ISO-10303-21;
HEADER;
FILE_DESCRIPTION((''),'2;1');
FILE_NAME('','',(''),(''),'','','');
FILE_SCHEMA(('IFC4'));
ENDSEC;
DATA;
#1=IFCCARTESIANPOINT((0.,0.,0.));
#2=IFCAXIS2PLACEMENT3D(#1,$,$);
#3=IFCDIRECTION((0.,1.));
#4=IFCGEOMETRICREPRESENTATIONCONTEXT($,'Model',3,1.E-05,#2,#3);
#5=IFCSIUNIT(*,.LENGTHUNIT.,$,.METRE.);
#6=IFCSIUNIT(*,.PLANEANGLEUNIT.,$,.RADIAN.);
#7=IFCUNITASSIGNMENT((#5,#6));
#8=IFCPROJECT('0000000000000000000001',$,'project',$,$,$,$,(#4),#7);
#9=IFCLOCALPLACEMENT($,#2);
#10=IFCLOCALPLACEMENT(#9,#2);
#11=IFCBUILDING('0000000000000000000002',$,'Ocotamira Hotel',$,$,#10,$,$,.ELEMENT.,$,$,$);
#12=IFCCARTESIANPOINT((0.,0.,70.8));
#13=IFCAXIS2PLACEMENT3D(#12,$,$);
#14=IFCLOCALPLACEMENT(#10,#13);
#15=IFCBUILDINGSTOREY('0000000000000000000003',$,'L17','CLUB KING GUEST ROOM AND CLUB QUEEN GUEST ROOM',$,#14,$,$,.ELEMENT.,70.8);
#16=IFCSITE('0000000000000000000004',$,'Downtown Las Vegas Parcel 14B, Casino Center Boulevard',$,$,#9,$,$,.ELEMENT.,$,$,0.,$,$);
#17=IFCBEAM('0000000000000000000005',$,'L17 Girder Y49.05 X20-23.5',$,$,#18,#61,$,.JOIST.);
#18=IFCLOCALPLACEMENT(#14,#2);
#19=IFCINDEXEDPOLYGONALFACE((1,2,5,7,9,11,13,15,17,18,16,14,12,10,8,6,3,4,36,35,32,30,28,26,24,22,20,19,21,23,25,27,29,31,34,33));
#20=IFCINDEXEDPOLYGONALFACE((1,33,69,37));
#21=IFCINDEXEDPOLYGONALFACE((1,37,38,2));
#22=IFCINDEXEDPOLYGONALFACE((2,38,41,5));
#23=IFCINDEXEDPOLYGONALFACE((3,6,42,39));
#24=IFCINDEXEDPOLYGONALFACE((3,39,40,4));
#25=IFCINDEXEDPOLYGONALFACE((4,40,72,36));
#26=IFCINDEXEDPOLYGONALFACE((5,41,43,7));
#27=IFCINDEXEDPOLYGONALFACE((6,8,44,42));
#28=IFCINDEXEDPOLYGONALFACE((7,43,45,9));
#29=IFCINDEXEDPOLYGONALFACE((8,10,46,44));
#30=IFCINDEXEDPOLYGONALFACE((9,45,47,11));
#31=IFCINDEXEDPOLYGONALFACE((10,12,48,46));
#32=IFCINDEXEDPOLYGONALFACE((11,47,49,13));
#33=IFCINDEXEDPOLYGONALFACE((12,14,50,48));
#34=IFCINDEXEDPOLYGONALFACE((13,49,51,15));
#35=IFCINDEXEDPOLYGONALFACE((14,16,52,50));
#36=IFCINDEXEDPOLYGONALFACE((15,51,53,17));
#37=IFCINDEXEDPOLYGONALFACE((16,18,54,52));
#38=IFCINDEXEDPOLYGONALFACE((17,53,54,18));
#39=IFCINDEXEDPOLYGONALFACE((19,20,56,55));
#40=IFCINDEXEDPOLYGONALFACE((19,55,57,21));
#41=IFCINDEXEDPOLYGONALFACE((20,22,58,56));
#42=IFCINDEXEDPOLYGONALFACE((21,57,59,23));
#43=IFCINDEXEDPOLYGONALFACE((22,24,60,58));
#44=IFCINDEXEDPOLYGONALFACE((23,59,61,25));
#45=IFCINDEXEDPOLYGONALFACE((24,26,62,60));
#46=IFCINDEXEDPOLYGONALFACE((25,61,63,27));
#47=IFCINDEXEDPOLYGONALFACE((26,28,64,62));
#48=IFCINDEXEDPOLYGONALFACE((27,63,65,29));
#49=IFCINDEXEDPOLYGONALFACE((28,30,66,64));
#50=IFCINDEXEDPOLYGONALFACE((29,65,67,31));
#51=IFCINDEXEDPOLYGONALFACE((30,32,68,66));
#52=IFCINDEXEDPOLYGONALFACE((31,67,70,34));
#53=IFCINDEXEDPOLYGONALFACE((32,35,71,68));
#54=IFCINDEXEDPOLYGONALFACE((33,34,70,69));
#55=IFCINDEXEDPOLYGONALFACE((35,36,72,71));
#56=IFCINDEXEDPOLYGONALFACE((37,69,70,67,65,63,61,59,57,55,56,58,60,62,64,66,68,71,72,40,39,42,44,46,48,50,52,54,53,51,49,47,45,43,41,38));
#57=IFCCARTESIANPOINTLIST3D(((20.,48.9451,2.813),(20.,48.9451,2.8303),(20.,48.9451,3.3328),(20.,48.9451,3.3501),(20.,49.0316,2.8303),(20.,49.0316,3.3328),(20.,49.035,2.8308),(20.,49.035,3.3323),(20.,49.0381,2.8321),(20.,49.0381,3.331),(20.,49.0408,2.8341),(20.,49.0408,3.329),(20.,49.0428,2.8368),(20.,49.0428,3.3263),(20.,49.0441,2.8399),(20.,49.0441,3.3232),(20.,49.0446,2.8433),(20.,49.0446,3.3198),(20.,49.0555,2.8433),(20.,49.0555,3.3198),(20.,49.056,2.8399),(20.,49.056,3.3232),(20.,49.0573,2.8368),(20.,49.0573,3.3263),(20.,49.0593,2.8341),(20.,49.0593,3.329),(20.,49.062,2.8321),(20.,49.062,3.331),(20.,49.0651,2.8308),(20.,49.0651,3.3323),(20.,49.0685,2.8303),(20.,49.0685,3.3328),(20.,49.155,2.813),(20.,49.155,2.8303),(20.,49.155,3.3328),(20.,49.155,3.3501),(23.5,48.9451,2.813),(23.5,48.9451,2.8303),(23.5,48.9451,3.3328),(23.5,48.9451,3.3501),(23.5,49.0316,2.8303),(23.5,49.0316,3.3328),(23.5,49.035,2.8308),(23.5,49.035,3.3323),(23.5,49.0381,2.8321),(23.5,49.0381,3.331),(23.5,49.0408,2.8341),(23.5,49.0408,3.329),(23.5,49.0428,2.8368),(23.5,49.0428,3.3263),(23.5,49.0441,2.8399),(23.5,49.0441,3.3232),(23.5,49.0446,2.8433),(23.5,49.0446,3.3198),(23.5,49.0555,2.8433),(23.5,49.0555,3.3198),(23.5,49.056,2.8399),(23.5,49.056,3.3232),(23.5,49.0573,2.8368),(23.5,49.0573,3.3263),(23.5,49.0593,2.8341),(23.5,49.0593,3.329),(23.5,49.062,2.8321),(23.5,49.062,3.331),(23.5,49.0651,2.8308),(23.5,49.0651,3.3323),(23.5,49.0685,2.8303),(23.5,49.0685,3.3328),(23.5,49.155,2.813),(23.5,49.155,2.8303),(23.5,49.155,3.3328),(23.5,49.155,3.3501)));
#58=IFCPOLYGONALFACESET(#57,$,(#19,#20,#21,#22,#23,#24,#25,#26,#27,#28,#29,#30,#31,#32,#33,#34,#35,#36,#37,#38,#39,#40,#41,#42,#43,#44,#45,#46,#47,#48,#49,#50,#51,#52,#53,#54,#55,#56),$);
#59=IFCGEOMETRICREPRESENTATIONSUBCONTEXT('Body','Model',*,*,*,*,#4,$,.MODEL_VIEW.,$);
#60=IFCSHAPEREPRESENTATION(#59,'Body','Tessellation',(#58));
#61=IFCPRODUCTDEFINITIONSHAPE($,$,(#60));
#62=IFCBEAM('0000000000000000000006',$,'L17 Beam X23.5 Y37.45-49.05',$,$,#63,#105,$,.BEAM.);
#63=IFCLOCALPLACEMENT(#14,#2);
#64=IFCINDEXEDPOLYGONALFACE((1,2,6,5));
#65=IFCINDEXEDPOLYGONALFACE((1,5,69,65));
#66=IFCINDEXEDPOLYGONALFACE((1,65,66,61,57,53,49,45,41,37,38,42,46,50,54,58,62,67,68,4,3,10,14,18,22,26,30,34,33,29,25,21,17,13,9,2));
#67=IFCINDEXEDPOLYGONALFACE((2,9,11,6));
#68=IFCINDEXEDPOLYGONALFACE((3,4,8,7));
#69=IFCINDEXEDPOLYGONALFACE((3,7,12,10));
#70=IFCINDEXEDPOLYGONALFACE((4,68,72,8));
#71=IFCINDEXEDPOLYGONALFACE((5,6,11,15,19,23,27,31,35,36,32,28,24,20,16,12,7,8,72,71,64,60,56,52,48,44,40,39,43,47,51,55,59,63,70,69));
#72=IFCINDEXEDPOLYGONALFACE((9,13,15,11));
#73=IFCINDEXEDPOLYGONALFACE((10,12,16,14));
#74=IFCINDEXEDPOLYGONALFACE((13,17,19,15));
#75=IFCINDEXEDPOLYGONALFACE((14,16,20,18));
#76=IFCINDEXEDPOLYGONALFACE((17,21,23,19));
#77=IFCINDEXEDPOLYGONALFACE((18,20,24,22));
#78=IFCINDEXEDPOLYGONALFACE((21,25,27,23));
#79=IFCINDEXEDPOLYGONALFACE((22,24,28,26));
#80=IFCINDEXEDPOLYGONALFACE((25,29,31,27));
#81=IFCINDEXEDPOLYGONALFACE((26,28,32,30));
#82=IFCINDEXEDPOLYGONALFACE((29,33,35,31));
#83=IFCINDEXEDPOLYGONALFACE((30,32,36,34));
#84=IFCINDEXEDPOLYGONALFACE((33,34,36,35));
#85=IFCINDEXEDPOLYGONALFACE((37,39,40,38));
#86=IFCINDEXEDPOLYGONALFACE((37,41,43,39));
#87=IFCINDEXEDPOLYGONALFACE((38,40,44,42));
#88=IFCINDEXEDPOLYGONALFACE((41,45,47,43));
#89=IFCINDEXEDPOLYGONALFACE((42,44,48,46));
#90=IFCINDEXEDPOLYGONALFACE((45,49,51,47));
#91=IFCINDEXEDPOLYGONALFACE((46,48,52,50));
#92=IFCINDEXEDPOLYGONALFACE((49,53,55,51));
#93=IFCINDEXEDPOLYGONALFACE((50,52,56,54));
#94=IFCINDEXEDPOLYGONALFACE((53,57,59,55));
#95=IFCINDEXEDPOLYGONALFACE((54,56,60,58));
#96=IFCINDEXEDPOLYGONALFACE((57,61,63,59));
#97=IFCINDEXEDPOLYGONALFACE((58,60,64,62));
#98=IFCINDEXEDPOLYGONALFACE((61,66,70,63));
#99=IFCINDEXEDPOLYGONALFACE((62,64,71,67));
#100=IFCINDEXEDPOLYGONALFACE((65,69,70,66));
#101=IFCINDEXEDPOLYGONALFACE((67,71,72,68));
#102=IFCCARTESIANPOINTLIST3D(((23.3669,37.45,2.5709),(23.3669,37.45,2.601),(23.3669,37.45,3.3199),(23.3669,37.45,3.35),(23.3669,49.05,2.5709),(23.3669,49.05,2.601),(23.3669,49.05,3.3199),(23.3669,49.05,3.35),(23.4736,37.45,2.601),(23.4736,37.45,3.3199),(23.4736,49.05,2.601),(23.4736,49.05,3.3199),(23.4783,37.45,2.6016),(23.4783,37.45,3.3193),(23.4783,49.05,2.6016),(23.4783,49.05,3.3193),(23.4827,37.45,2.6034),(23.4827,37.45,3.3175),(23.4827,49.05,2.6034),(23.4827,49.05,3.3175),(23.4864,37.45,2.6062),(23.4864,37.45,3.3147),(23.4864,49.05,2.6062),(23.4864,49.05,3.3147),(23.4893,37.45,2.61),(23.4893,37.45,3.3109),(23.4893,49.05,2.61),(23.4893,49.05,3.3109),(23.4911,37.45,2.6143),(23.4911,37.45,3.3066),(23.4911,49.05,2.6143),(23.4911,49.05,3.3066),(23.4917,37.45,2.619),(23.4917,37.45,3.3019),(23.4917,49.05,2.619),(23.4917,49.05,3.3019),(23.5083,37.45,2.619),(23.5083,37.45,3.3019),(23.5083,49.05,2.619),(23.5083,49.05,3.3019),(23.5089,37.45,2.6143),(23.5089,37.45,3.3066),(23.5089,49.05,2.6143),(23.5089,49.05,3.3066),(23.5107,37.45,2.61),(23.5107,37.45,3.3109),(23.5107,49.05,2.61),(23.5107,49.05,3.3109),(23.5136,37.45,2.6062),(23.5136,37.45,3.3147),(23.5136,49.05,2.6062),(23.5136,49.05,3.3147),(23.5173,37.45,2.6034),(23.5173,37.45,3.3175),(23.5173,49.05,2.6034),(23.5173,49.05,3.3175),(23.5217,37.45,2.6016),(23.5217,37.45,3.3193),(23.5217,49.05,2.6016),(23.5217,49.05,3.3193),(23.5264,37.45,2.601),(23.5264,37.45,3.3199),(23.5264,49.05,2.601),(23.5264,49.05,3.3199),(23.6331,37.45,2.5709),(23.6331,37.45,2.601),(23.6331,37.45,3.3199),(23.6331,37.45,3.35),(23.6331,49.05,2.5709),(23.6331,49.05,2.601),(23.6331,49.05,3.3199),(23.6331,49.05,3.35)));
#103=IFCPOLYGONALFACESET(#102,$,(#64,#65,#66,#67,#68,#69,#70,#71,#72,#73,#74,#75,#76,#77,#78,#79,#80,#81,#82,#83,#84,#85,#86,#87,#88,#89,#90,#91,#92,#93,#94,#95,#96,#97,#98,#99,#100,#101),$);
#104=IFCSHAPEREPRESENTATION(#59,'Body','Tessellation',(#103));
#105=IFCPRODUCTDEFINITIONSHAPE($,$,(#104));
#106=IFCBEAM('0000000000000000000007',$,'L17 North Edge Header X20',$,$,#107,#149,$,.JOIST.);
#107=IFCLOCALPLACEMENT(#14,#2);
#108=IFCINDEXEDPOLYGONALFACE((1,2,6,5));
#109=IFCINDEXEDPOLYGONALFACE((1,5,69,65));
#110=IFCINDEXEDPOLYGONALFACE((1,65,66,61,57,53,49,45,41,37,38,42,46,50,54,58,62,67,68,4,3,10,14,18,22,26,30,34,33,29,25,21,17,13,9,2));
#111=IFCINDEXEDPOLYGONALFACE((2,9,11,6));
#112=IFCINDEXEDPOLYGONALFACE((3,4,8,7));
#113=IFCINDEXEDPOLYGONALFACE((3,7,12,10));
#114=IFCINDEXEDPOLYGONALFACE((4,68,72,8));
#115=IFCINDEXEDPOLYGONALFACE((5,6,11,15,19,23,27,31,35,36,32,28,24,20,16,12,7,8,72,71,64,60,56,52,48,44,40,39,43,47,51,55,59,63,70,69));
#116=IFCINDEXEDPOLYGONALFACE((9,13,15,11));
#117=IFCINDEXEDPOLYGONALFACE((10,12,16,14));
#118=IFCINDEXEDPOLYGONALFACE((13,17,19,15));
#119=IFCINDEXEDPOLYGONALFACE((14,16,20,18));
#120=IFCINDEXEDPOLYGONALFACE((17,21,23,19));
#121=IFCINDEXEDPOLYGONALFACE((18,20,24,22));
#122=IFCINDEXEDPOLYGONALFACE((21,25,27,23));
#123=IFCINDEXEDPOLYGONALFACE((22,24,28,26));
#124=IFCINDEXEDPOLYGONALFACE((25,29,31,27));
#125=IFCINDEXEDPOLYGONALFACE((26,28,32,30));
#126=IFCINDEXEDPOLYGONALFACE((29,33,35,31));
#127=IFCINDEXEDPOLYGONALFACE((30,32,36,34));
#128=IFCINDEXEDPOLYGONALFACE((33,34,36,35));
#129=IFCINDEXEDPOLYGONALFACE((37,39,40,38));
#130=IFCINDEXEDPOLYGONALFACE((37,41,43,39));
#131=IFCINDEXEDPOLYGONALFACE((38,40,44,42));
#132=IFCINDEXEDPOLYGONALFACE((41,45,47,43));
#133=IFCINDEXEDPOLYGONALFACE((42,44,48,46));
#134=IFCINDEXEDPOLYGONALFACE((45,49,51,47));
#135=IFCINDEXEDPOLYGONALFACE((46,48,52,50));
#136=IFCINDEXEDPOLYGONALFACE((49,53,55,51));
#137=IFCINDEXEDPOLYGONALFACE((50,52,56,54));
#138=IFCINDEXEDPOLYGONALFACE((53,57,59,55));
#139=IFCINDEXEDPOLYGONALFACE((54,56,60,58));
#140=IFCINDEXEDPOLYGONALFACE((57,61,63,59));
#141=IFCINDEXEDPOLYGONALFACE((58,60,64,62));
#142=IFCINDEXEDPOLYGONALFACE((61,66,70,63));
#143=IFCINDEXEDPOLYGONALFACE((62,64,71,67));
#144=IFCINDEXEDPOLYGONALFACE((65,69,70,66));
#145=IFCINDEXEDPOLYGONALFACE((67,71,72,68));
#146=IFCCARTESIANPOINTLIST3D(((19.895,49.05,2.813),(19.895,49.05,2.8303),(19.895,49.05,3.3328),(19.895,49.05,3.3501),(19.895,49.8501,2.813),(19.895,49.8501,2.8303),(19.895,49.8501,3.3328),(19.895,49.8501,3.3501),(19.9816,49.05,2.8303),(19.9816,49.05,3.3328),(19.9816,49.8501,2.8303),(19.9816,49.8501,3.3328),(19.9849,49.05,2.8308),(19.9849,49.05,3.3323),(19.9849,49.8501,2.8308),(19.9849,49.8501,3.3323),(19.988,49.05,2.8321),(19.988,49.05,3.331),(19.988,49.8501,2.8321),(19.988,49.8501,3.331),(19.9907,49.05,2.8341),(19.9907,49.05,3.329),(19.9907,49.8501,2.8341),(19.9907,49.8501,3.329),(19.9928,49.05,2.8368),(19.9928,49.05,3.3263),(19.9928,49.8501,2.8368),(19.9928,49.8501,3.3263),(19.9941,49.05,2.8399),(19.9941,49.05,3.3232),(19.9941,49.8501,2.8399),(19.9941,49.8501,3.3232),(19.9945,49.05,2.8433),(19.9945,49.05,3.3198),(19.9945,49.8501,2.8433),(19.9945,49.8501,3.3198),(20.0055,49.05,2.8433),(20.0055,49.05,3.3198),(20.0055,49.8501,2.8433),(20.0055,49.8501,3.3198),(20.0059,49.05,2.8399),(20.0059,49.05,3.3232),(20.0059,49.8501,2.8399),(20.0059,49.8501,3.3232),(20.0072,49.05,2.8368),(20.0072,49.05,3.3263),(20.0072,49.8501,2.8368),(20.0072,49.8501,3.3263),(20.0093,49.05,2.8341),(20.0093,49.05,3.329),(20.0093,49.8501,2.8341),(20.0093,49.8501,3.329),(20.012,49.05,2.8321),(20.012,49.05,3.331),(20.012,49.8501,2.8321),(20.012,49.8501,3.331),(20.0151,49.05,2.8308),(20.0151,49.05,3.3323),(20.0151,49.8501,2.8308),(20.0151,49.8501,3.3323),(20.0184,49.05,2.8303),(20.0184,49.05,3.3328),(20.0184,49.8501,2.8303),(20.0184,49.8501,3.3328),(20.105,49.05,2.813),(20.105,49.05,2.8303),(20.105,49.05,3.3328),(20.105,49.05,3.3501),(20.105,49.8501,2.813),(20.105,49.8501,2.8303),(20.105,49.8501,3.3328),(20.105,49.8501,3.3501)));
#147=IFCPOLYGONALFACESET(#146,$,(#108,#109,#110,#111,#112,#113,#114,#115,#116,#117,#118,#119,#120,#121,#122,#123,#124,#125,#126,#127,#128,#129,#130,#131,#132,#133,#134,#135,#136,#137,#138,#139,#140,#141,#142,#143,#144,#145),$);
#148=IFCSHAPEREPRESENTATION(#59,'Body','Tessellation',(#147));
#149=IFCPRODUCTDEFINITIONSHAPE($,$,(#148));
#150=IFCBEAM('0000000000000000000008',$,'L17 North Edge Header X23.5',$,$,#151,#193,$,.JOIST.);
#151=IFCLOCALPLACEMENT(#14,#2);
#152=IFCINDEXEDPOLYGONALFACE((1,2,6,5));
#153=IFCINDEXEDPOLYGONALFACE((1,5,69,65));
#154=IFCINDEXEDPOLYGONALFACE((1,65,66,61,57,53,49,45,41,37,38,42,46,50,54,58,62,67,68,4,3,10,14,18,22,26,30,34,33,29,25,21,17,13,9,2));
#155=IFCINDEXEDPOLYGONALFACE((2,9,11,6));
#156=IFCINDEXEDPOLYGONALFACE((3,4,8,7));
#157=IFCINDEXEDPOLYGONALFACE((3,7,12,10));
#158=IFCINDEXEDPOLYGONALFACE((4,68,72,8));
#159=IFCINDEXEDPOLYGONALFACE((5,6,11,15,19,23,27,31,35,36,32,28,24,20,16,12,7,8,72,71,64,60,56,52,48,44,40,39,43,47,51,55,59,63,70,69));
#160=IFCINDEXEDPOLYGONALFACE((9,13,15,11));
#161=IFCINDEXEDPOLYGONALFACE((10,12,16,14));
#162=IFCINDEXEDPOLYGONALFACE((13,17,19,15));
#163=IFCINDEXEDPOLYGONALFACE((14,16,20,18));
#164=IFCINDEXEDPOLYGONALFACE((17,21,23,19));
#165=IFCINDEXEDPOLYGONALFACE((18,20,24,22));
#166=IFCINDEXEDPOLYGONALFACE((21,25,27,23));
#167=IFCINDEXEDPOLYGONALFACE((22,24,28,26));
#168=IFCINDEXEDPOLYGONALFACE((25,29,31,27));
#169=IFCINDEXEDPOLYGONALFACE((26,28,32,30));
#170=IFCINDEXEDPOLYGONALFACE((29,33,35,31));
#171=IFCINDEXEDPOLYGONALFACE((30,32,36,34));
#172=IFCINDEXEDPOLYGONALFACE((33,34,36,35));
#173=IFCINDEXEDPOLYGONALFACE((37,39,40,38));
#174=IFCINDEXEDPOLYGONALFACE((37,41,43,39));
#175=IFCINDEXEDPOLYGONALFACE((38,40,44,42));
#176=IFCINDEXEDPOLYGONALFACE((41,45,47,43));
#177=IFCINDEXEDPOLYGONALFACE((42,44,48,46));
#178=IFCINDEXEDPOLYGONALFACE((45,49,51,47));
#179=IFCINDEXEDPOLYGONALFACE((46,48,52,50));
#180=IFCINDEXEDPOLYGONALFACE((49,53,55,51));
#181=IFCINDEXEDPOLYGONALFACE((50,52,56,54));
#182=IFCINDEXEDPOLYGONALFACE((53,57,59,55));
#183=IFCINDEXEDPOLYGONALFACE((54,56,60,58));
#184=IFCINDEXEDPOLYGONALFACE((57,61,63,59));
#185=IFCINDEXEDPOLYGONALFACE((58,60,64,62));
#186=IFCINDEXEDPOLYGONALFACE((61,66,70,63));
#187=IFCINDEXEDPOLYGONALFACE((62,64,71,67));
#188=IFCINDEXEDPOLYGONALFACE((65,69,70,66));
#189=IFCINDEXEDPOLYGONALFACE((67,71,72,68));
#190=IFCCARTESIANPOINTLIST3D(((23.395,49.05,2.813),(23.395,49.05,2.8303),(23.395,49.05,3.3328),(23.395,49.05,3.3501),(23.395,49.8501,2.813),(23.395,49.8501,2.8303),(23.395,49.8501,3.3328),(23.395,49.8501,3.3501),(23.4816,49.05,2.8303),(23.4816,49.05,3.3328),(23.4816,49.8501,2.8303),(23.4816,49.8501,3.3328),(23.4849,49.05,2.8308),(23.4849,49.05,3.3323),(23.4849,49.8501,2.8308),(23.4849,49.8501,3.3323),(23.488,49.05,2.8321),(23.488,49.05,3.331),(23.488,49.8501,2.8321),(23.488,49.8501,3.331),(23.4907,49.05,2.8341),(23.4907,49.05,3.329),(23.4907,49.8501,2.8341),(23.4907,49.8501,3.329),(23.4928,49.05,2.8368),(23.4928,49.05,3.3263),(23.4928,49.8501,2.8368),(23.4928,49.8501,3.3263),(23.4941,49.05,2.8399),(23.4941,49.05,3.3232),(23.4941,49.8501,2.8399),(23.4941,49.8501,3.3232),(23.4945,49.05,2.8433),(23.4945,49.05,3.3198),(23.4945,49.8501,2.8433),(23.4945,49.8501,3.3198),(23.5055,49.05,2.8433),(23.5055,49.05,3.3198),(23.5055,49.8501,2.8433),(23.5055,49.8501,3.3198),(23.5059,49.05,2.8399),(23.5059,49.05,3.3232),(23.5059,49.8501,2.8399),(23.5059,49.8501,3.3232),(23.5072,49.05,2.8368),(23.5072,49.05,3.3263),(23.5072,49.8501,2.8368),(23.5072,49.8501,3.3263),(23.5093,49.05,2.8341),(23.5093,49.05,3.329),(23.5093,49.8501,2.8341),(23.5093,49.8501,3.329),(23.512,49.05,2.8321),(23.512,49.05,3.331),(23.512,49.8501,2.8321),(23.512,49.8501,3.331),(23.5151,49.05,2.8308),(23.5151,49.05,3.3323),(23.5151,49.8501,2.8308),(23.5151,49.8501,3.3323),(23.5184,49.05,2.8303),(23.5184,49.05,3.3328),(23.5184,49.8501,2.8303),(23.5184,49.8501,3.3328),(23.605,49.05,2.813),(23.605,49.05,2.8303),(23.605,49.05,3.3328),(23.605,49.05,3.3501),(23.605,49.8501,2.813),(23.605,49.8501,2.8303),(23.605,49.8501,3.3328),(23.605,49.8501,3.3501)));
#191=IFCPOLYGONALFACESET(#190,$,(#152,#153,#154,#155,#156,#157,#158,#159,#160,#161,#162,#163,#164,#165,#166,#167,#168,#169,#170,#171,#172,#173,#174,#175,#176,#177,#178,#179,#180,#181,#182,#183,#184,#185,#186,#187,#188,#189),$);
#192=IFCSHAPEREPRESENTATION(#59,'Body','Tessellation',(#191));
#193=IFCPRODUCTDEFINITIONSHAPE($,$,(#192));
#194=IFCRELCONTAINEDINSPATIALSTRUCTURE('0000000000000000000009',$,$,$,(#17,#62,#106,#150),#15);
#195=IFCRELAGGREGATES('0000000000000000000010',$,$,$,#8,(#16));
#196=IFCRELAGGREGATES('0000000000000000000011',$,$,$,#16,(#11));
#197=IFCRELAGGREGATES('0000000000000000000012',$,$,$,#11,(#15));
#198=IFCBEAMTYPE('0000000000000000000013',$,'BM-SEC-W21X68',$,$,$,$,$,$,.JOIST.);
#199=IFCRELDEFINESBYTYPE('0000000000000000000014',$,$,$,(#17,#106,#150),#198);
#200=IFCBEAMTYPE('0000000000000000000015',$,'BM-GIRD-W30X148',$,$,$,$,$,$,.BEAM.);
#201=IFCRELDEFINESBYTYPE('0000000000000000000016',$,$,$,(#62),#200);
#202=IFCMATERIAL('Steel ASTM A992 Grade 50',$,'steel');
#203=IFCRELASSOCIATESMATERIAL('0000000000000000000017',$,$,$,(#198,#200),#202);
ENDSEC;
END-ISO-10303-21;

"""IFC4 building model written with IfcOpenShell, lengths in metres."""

from ifc_helpers import new_model, si_unit, direction, frame, origin, origin_2d, place, context, subcontext, project, spatial, i_section, extrude, source, transform, mapped, material, material_profile, profile_set, type_object, element, save


model = new_model("IFC4")

# Units and contexts
model_context = context("Model", 3, precision=1e-05, world=origin(), true_north=direction((0.0, 1.0)))
body_context = subcontext(model_context, "Body", "Model", "MODEL_VIEW")
ifc_project = project(units=[si_unit("LENGTHUNIT", "METRE"), si_unit("PLANEANGLEUNIT", "RADIAN")], contexts=[model_context])

# Site, building, storey
site_placement = place(None, origin())
site = spatial("IfcSite", under=ifc_project, at=site_placement, Name="Downtown Las Vegas Parcel 14B, Casino Center Boulevard", CompositionType="ELEMENT", RefElevation=0.0)
building_placement = place(site_placement, origin())
building = spatial("IfcBuilding", under=site, at=building_placement, Name="Ocotamira Hotel", CompositionType="ELEMENT")
storey_placement = place(building_placement, frame((0.0, 0.0, 70.8)))
storey = spatial("IfcBuildingStorey", under=building, at=storey_placement, Name="L17", Description="CLUB KING GUEST ROOM AND CLUB QUEEN GUEST ROOM", CompositionType="ELEMENT", Elevation=70.8)

# Beams
ifc_material_1 = material(Name="Steel ASTM A992 Grade 50", Category="steel")
ifc_material_profile_1 = material_profile(ifc_material_1, i_section(OverallWidth=0.21, OverallDepth=0.5371, WebThickness=0.011, FlangeThickness=0.0173, FilletRadius=0.0129, at=origin_2d()), Name="W21X68")
ifc_profile_set_1 = profile_set([ifc_material_profile_1], Name="Steel ASTM A992 Grade 50")
beam_type_1 = type_object("IfcBeamType", Name="BM-SEC-W21X68", PredefinedType="JOIST", material=ifc_profile_set_1)
shared_shape_1 = source(origin(), body_context, "Body", "SweptSolid", [
    extrude(i_section(OverallWidth=0.21, OverallDepth=0.5371, WebThickness=0.011, FlangeThickness=0.0173, FilletRadius=0.0129, at=origin_2d()), origin(), (0.0, 0.0, 1.0), 3.5),
])
beam_1_placement = place(storey_placement, frame((20.0, 49.05, 3.0815), z_axis=(1.0, 0.0, 0.0), x_axis=(0.0, 1.0, 0.0)))
element("IfcBeam", 1, at=beam_1_placement, inside=storey, type_object=beam_type_1, Name="L17 Girder Y49.05 X20-23.5", PredefinedType="JOIST", context=body_context, shape_type="MappedRepresentation", body=[
    mapped(shared_shape_1, transform((0.0, 0.0, 0.0), scale=1.0)),
])
ifc_material_profile_2 = material_profile(ifc_material_1, i_section(OverallWidth=0.2661, OverallDepth=0.7791, WebThickness=0.0166, FlangeThickness=0.03, FilletRadius=0.0181, at=origin_2d()), Name="W30X148")
ifc_profile_set_2 = profile_set([ifc_material_profile_2], Name="Steel ASTM A992 Grade 50")
beam_type_2 = type_object("IfcBeamType", Name="BM-GIRD-W30X148", PredefinedType="BEAM", material=ifc_profile_set_2)
shared_shape_2 = source(origin(), body_context, "Body", "SweptSolid", [
    extrude(i_section(OverallWidth=0.2661, OverallDepth=0.7791, WebThickness=0.0166, FlangeThickness=0.03, FilletRadius=0.0181, at=origin_2d()), origin(), (0.0, 0.0, 1.0), 11.6001),
])
beam_2_placement = place(storey_placement, frame((23.5, 37.45, 2.9604), z_axis=(0.0, 1.0, 0.0), x_axis=(-1.0, 0.0, 0.0)))
element("IfcBeam", 2, at=beam_2_placement, inside=storey, type_object=beam_type_2, Name="L17 Beam X23.5 Y37.45-49.05", PredefinedType="BEAM", context=body_context, shape_type="MappedRepresentation", body=[
    mapped(shared_shape_2, transform((0.0, 0.0, 0.0), scale=1.0)),
])
shared_shape_3 = source(origin(), body_context, "Body", "SweptSolid", [
    extrude(i_section(OverallWidth=0.21, OverallDepth=0.5371, WebThickness=0.011, FlangeThickness=0.0173, FilletRadius=0.0129, at=origin_2d()), origin(), (0.0, 0.0, 1.0), 0.8),
])
for number, where, z_axis, x_axis, name in (
    (3, (20.0, 49.05, 3.0815), (0.0, 1.0, 0.0), (-1.0, 0.0, 0.0), "L17 North Edge Header X20"),
    (4, (23.5, 49.05, 3.0815), (0.0, 1.0, 0.0), (-1.0, 0.0, 0.0), "L17 North Edge Header X23.5"),
):
    element("IfcBeam", number, at=place(storey_placement, frame(where, z_axis=z_axis, x_axis=x_axis)), inside=storey, type_object=beam_type_1, Name=name, PredefinedType="JOIST", context=body_context, shape_type="MappedRepresentation", body=[
        mapped(shared_shape_3, transform((0.0, 0.0, 0.0), scale=1.0)),
    ])

save(model, "model.ifc")
